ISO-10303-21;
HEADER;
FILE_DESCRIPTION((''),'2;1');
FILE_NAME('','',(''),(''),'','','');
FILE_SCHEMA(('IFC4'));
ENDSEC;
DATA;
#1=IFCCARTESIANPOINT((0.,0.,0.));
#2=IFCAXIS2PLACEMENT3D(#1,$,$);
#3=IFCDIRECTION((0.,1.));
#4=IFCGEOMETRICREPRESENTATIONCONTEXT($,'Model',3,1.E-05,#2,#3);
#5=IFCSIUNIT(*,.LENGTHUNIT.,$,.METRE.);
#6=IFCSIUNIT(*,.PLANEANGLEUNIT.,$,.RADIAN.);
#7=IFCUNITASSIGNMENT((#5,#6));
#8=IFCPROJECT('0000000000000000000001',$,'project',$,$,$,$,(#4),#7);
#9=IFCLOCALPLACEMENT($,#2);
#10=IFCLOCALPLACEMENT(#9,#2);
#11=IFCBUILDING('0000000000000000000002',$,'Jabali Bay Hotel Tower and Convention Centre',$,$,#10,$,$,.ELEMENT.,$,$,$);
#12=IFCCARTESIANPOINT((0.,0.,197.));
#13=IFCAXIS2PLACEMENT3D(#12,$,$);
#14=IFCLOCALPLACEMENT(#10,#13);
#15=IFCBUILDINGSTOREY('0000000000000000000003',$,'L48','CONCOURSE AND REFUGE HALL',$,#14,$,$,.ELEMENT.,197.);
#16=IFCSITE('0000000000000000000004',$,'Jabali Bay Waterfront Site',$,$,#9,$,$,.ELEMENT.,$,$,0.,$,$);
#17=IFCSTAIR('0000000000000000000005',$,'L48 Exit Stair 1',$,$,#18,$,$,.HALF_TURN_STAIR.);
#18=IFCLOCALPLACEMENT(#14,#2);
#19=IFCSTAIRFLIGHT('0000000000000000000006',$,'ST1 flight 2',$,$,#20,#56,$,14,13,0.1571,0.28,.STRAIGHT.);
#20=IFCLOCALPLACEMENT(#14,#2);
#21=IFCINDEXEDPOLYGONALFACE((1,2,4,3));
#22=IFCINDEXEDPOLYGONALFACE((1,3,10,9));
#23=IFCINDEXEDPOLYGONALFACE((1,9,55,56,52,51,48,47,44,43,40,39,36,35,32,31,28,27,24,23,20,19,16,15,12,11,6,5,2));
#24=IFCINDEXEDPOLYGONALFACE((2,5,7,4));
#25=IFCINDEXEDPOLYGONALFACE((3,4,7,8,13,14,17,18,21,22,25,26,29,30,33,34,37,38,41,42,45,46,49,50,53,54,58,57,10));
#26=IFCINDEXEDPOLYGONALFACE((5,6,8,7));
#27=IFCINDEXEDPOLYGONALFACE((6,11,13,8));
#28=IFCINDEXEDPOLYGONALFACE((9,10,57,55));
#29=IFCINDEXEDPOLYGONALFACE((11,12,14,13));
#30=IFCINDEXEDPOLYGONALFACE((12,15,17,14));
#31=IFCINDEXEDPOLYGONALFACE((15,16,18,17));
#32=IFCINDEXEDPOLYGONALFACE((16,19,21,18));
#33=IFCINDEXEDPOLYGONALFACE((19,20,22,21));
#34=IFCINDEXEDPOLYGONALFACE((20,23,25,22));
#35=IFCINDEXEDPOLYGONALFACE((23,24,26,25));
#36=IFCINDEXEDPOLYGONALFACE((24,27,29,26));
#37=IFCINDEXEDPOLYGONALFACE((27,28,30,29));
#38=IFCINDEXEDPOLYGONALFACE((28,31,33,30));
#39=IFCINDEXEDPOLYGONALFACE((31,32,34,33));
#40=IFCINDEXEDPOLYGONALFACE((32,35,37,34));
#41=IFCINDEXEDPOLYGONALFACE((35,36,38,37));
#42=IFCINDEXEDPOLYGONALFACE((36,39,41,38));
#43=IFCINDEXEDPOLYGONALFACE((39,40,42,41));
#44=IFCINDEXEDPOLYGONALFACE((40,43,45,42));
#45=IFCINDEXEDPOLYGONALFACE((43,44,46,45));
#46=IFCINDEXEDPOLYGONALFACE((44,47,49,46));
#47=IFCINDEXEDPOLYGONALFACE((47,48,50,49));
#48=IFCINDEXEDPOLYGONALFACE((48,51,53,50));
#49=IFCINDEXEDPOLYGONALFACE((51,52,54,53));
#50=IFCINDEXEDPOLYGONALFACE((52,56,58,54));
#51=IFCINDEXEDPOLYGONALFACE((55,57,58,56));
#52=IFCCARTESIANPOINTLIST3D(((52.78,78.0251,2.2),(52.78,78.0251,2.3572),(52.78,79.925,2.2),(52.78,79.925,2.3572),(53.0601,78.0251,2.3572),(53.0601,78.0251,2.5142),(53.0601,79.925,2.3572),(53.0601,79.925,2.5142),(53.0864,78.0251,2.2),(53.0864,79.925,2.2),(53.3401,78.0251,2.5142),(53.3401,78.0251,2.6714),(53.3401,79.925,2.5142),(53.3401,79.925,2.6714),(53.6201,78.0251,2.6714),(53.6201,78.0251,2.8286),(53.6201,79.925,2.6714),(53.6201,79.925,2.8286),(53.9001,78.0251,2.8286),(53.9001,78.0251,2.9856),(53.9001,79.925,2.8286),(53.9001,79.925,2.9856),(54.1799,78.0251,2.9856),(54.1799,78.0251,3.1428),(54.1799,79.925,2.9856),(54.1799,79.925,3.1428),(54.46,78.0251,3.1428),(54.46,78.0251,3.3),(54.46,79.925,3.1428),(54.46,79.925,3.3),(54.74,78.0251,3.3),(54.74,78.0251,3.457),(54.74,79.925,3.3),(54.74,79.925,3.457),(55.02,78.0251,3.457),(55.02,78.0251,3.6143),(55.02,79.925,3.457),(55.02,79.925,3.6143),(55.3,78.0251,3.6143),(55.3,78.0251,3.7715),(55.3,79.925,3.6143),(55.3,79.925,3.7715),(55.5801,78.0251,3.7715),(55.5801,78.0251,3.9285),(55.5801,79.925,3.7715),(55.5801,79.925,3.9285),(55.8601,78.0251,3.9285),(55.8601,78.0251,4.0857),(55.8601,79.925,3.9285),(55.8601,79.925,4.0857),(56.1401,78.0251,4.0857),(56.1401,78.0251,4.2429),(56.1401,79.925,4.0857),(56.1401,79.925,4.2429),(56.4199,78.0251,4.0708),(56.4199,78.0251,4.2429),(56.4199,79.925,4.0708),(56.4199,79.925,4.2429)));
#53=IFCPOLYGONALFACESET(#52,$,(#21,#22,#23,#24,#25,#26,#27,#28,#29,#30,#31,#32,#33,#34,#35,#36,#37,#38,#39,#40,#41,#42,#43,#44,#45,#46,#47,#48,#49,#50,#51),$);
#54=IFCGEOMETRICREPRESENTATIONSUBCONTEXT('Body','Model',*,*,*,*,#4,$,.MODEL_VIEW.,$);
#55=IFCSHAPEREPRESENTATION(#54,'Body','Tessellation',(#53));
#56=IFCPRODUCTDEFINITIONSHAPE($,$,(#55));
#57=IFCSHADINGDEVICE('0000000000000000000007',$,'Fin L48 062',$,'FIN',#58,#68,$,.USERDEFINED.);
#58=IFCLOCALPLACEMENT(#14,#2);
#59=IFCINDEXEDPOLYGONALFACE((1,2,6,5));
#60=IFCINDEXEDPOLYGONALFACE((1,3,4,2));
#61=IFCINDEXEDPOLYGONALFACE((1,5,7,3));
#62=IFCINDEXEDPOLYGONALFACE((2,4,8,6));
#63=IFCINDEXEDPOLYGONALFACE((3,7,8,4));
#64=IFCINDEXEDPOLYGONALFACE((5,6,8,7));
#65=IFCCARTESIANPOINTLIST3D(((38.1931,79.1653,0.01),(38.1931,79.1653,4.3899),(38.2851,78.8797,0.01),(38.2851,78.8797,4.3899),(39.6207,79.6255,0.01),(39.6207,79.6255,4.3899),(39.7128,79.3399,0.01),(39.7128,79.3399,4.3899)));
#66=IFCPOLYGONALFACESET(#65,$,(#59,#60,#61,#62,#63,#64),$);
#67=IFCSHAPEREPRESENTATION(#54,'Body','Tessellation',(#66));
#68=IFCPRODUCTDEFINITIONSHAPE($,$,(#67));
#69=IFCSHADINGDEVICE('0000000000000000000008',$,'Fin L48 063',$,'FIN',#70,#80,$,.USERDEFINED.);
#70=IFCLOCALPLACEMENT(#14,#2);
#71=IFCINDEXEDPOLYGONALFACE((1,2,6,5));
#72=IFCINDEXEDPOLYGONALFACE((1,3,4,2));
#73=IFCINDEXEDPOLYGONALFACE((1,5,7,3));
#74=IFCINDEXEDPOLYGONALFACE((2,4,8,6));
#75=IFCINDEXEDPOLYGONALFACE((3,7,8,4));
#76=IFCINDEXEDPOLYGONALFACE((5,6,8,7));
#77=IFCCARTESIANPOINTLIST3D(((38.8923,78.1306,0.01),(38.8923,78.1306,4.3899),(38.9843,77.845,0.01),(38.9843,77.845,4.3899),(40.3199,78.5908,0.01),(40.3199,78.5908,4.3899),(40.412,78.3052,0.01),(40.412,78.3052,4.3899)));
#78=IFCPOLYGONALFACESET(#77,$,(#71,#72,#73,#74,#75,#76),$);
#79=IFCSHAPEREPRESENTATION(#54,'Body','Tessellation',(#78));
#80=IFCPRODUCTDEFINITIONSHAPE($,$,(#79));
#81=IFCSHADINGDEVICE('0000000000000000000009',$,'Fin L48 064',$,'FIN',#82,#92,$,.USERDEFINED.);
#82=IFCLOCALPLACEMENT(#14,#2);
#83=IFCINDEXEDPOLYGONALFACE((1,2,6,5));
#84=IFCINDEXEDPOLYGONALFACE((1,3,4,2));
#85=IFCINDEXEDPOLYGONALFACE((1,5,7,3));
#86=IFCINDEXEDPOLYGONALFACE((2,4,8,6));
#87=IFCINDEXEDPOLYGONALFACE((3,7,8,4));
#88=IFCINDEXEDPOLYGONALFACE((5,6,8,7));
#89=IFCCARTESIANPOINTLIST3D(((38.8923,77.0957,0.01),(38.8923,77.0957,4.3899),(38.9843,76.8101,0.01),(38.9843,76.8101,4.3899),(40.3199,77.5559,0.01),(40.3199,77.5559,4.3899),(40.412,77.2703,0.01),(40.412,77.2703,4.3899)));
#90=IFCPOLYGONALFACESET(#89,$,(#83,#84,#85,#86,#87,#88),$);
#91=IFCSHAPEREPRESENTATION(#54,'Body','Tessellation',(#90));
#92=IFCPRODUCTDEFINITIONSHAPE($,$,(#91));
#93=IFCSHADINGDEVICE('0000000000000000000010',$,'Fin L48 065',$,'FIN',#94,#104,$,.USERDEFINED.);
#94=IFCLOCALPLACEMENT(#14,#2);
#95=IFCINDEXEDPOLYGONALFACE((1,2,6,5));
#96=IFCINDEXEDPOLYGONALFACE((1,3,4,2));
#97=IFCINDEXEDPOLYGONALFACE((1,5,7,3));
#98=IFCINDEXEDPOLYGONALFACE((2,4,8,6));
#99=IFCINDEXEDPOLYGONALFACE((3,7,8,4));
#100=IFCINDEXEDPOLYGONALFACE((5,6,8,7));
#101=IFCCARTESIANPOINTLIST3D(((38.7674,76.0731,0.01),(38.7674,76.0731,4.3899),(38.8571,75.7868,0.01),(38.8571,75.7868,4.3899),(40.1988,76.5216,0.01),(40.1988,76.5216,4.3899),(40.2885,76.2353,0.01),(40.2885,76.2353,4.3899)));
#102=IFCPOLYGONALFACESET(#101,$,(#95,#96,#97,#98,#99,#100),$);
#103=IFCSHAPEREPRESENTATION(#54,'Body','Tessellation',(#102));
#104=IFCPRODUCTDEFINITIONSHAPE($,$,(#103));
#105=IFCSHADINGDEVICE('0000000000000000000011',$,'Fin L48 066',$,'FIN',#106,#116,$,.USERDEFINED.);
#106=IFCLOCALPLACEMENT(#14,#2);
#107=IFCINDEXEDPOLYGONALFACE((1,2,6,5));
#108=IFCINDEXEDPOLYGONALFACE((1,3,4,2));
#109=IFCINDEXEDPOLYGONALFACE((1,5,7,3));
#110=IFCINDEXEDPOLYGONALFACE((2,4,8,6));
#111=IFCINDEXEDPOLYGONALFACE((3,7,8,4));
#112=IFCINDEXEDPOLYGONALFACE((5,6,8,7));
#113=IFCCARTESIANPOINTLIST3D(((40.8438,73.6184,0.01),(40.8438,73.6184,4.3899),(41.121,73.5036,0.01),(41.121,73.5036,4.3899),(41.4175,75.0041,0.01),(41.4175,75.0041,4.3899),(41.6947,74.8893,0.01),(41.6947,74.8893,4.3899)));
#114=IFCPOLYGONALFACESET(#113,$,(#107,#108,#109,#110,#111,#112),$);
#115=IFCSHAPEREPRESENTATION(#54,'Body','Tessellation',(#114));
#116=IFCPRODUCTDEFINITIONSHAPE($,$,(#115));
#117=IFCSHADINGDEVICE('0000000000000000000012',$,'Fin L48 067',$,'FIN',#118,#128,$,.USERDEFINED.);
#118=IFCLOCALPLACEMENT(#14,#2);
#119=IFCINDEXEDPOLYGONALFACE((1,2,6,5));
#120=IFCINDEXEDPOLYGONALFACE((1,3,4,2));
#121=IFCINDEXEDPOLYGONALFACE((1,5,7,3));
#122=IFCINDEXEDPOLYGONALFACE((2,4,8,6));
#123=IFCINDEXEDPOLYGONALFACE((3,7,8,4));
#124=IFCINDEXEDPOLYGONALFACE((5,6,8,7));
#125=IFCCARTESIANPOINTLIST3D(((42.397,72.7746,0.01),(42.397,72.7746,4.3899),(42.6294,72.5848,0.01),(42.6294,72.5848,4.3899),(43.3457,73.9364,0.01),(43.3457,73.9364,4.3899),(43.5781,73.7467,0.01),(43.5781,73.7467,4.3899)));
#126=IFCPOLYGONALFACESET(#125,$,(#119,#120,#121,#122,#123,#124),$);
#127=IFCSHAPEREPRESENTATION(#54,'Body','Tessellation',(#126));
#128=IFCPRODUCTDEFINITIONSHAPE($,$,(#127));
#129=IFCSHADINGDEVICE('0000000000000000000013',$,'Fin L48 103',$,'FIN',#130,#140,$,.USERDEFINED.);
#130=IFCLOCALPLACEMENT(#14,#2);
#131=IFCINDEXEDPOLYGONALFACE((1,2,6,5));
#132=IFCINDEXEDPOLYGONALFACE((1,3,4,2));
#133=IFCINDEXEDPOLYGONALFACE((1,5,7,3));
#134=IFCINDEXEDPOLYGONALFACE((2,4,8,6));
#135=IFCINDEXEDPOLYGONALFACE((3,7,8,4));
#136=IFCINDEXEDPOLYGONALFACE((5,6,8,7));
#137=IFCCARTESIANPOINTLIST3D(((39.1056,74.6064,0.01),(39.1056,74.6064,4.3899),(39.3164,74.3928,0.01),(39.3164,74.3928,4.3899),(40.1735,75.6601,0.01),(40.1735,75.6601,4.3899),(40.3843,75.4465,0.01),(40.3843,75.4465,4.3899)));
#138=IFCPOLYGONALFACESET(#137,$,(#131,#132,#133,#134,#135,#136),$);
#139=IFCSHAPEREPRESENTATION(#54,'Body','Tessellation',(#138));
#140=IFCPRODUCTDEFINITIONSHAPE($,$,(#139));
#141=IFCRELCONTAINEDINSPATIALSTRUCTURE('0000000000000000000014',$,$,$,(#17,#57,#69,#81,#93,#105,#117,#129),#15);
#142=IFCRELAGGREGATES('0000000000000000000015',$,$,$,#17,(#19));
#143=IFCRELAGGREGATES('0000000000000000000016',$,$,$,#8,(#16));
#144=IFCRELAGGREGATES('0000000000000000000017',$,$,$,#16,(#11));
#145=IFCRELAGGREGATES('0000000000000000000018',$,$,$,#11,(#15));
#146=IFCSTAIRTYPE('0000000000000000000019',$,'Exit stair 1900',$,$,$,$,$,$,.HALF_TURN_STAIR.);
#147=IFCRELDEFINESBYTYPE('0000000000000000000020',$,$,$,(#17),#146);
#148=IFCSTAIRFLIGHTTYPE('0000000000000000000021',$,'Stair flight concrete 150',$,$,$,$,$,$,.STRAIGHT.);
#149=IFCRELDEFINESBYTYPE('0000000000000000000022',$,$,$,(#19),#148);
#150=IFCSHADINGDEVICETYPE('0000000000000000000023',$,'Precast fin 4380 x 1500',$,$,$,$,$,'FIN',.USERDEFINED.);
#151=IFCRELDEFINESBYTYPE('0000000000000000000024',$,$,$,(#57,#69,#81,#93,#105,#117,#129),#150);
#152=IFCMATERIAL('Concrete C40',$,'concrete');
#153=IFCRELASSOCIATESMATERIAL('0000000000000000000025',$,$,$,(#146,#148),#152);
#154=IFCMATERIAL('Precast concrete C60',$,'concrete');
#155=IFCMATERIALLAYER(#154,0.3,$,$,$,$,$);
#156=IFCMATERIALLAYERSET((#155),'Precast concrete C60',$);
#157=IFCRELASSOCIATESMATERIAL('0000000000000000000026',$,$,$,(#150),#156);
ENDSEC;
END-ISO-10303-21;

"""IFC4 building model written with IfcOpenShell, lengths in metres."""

from ifc_helpers import new_model, si_unit, direction, frame, frame_2d, origin, place, context, subcontext, project, spatial, polyline, rectangle, outline, extrude, material, layer, layer_set, type_object, element, aggregate, save


model = new_model("IFC4")

# Units and contexts
model_context = context("Model", 3, precision=1e-05, world=origin(), true_north=direction((0.0, 1.0)))
body_context = subcontext(model_context, "Body", "Model", "MODEL_VIEW")
ifc_project = project(units=[si_unit("LENGTHUNIT", "METRE"), si_unit("PLANEANGLEUNIT", "RADIAN")], contexts=[model_context])

# Site, building, storey
site_placement = place(None, origin())
site = spatial("IfcSite", under=ifc_project, at=site_placement, Name="Jabali Bay Waterfront Site", CompositionType="ELEMENT", RefElevation=0.0)
building_placement = place(site_placement, origin())
building = spatial("IfcBuilding", under=site, at=building_placement, Name="Jabali Bay Hotel Tower and Convention Centre", CompositionType="ELEMENT")
storey_placement = place(building_placement, frame((0.0, 0.0, 197.0)))
storey = spatial("IfcBuildingStorey", under=building, at=storey_placement, Name="L48", Description="CONCOURSE AND REFUGE HALL", CompositionType="ELEMENT", Elevation=197.0)

# Shared definitions
ifc_material_1 = material(Name="Concrete C40", Category="concrete")

# Stair, stair flight
stair_type = type_object("IfcStairType", Name="Exit stair 1900", PredefinedType="HALF_TURN_STAIR", material=ifc_material_1)
stair_placement = place(storey_placement, origin())
stair = element("IfcStair", 1, at=stair_placement, inside=storey, type_object=stair_type, Name="L48 Exit Stair 1", PredefinedType="HALF_TURN_STAIR")
stair_flight_type = type_object("IfcStairFlightType", Name="Stair flight concrete 150", PredefinedType="STRAIGHT", material=ifc_material_1)
stair_flight_placement = place(storey_placement, frame((52.78, 78.9751, 2.2), z_axis=(0.0, 0.0, 1.0), x_axis=(1.0, 0.0, 0.0)))
stair_flight = element("IfcStairFlight", 2, at=stair_flight_placement, type_object=stair_flight_type, Name="ST1 flight 2", NumberOfRisers=14, NumberOfTreads=13, PredefinedType="STRAIGHT", RiserHeight=0.1571, TreadLength=0.28, context=body_context, shape_type="SweptSolid", body=[
    extrude(outline(polyline([(0.0, 0.0), (0.0, 0.1572), (0.28, 0.1572), (0.28, 0.3142), (0.5601, 0.3142), (0.5601, 0.4714), (0.8401, 0.4714), (0.8401, 0.6287), (1.1201, 0.6287), (1.1201, 0.7856), (1.3999, 0.7856), (1.3999, 0.9429), (1.6799, 0.9429), (1.6799, 1.1001), (1.96, 1.1001), (1.96, 1.2571), (2.24, 1.2571), (2.24, 1.4143), (2.52, 1.4143), (2.52, 1.5715), (2.8, 1.5715), (2.8, 1.7285), (3.0801, 1.7285), (3.0801, 1.8857), (3.3601, 1.8857), (3.3601, 2.043), (3.6399, 2.043), (3.6399, 2.2), (3.6399, 1.8708), (0.3064, 0.0), (0.0, 0.0)])), frame((0.0, 0.95, 0.0), z_axis=(0.0, -1.0, 0.0), x_axis=(1.0, 0.0, 0.0)), (0.0, 0.0, 1.0), 1.8999),
])
aggregate(stair, [stair_flight])

# Shading devices
ifc_material_2 = material(Name="Precast concrete C60", Category="concrete")
ifc_layer_1 = layer(ifc_material_2, 0.3)
ifc_layer_set_1 = layer_set([ifc_layer_1], Name="Precast concrete C60")
shading_device_type = type_object("IfcShadingDeviceType", Name="Precast fin 4380 x 1500", ElementType="FIN", PredefinedType="USERDEFINED", material=ifc_layer_set_1)
for number, where, z_axis, x_axis, name in (
    (3, (39.6667, 79.4827, 0.01), (0.0, 0.0, 1.0), (-0.951778, -0.306789, 0.0), "Fin L48 062"),
    (4, (40.366, 78.448, 0.01), (0.0, 0.0, 1.0), (-0.951778, -0.306789, 0.0), "Fin L48 063"),
    (5, (40.366, 77.4131, 0.01), (0.0, 0.0, 1.0), (-0.951778, -0.306789, 0.0), "Fin L48 064"),
    (6, (40.2437, 76.3784, 0.01), (0.0, 0.0, 1.0), (-0.954257, -0.298989, 0.0), "Fin L48 065"),
):
    element("IfcShadingDevice", number, at=place(storey_placement, frame(where, z_axis=z_axis, x_axis=x_axis)), inside=storey, type_object=shading_device_type, Name=name, ObjectType="FIN", PredefinedType="USERDEFINED", context=body_context, shape_type="SweptSolid", body=[
        extrude(rectangle(XDim=1.5, YDim=0.3, at=frame_2d((0.75, 0.0))), origin(), (0.0, 0.0, 1.0), 4.3799),
    ])
shading_device_1_placement = place(storey_placement, frame((41.5562, 74.9468, 0.01), z_axis=(0.0, 0.0, 1.0), x_axis=(-0.382534, -0.923941, 0.0)))
element("IfcShadingDevice", 7, at=shading_device_1_placement, inside=storey, type_object=shading_device_type, Name="Fin L48 066", ObjectType="FIN", PredefinedType="USERDEFINED", context=body_context, shape_type="SweptSolid", body=[
    extrude(rectangle(XDim=1.4998, YDim=0.3, at=frame_2d((0.75, 0.0))), origin(), (0.0, 0.0, 1.0), 4.3799),
])
shading_device_2_placement = place(storey_placement, frame((43.4619, 73.8416, 0.01), z_axis=(0.0, 0.0, 1.0), x_axis=(-0.632484, -0.774573, 0.0)))
element("IfcShadingDevice", 8, at=shading_device_2_placement, inside=storey, type_object=shading_device_type, Name="Fin L48 067", ObjectType="FIN", PredefinedType="USERDEFINED", context=body_context, shape_type="SweptSolid", body=[
    extrude(rectangle(XDim=1.5, YDim=0.3, at=frame_2d((0.75, 0.0))), origin(), (0.0, 0.0, 1.0), 4.3799),
])
shading_device_3_placement = place(storey_placement, frame((40.2788, 75.5532, 0.01), z_axis=(0.0, 0.0, 1.0), x_axis=(-0.71181, -0.702372, 0.0)))
element("IfcShadingDevice", 9, at=shading_device_3_placement, inside=storey, type_object=shading_device_type, Name="Fin L48 103", ObjectType="FIN", PredefinedType="USERDEFINED", context=body_context, shape_type="SweptSolid", body=[
    extrude(rectangle(XDim=1.5002, YDim=0.3, at=frame_2d((0.75, 0.0))), origin(), (0.0, 0.0, 1.0), 4.3799),
])

save(model, "model.ifc")
